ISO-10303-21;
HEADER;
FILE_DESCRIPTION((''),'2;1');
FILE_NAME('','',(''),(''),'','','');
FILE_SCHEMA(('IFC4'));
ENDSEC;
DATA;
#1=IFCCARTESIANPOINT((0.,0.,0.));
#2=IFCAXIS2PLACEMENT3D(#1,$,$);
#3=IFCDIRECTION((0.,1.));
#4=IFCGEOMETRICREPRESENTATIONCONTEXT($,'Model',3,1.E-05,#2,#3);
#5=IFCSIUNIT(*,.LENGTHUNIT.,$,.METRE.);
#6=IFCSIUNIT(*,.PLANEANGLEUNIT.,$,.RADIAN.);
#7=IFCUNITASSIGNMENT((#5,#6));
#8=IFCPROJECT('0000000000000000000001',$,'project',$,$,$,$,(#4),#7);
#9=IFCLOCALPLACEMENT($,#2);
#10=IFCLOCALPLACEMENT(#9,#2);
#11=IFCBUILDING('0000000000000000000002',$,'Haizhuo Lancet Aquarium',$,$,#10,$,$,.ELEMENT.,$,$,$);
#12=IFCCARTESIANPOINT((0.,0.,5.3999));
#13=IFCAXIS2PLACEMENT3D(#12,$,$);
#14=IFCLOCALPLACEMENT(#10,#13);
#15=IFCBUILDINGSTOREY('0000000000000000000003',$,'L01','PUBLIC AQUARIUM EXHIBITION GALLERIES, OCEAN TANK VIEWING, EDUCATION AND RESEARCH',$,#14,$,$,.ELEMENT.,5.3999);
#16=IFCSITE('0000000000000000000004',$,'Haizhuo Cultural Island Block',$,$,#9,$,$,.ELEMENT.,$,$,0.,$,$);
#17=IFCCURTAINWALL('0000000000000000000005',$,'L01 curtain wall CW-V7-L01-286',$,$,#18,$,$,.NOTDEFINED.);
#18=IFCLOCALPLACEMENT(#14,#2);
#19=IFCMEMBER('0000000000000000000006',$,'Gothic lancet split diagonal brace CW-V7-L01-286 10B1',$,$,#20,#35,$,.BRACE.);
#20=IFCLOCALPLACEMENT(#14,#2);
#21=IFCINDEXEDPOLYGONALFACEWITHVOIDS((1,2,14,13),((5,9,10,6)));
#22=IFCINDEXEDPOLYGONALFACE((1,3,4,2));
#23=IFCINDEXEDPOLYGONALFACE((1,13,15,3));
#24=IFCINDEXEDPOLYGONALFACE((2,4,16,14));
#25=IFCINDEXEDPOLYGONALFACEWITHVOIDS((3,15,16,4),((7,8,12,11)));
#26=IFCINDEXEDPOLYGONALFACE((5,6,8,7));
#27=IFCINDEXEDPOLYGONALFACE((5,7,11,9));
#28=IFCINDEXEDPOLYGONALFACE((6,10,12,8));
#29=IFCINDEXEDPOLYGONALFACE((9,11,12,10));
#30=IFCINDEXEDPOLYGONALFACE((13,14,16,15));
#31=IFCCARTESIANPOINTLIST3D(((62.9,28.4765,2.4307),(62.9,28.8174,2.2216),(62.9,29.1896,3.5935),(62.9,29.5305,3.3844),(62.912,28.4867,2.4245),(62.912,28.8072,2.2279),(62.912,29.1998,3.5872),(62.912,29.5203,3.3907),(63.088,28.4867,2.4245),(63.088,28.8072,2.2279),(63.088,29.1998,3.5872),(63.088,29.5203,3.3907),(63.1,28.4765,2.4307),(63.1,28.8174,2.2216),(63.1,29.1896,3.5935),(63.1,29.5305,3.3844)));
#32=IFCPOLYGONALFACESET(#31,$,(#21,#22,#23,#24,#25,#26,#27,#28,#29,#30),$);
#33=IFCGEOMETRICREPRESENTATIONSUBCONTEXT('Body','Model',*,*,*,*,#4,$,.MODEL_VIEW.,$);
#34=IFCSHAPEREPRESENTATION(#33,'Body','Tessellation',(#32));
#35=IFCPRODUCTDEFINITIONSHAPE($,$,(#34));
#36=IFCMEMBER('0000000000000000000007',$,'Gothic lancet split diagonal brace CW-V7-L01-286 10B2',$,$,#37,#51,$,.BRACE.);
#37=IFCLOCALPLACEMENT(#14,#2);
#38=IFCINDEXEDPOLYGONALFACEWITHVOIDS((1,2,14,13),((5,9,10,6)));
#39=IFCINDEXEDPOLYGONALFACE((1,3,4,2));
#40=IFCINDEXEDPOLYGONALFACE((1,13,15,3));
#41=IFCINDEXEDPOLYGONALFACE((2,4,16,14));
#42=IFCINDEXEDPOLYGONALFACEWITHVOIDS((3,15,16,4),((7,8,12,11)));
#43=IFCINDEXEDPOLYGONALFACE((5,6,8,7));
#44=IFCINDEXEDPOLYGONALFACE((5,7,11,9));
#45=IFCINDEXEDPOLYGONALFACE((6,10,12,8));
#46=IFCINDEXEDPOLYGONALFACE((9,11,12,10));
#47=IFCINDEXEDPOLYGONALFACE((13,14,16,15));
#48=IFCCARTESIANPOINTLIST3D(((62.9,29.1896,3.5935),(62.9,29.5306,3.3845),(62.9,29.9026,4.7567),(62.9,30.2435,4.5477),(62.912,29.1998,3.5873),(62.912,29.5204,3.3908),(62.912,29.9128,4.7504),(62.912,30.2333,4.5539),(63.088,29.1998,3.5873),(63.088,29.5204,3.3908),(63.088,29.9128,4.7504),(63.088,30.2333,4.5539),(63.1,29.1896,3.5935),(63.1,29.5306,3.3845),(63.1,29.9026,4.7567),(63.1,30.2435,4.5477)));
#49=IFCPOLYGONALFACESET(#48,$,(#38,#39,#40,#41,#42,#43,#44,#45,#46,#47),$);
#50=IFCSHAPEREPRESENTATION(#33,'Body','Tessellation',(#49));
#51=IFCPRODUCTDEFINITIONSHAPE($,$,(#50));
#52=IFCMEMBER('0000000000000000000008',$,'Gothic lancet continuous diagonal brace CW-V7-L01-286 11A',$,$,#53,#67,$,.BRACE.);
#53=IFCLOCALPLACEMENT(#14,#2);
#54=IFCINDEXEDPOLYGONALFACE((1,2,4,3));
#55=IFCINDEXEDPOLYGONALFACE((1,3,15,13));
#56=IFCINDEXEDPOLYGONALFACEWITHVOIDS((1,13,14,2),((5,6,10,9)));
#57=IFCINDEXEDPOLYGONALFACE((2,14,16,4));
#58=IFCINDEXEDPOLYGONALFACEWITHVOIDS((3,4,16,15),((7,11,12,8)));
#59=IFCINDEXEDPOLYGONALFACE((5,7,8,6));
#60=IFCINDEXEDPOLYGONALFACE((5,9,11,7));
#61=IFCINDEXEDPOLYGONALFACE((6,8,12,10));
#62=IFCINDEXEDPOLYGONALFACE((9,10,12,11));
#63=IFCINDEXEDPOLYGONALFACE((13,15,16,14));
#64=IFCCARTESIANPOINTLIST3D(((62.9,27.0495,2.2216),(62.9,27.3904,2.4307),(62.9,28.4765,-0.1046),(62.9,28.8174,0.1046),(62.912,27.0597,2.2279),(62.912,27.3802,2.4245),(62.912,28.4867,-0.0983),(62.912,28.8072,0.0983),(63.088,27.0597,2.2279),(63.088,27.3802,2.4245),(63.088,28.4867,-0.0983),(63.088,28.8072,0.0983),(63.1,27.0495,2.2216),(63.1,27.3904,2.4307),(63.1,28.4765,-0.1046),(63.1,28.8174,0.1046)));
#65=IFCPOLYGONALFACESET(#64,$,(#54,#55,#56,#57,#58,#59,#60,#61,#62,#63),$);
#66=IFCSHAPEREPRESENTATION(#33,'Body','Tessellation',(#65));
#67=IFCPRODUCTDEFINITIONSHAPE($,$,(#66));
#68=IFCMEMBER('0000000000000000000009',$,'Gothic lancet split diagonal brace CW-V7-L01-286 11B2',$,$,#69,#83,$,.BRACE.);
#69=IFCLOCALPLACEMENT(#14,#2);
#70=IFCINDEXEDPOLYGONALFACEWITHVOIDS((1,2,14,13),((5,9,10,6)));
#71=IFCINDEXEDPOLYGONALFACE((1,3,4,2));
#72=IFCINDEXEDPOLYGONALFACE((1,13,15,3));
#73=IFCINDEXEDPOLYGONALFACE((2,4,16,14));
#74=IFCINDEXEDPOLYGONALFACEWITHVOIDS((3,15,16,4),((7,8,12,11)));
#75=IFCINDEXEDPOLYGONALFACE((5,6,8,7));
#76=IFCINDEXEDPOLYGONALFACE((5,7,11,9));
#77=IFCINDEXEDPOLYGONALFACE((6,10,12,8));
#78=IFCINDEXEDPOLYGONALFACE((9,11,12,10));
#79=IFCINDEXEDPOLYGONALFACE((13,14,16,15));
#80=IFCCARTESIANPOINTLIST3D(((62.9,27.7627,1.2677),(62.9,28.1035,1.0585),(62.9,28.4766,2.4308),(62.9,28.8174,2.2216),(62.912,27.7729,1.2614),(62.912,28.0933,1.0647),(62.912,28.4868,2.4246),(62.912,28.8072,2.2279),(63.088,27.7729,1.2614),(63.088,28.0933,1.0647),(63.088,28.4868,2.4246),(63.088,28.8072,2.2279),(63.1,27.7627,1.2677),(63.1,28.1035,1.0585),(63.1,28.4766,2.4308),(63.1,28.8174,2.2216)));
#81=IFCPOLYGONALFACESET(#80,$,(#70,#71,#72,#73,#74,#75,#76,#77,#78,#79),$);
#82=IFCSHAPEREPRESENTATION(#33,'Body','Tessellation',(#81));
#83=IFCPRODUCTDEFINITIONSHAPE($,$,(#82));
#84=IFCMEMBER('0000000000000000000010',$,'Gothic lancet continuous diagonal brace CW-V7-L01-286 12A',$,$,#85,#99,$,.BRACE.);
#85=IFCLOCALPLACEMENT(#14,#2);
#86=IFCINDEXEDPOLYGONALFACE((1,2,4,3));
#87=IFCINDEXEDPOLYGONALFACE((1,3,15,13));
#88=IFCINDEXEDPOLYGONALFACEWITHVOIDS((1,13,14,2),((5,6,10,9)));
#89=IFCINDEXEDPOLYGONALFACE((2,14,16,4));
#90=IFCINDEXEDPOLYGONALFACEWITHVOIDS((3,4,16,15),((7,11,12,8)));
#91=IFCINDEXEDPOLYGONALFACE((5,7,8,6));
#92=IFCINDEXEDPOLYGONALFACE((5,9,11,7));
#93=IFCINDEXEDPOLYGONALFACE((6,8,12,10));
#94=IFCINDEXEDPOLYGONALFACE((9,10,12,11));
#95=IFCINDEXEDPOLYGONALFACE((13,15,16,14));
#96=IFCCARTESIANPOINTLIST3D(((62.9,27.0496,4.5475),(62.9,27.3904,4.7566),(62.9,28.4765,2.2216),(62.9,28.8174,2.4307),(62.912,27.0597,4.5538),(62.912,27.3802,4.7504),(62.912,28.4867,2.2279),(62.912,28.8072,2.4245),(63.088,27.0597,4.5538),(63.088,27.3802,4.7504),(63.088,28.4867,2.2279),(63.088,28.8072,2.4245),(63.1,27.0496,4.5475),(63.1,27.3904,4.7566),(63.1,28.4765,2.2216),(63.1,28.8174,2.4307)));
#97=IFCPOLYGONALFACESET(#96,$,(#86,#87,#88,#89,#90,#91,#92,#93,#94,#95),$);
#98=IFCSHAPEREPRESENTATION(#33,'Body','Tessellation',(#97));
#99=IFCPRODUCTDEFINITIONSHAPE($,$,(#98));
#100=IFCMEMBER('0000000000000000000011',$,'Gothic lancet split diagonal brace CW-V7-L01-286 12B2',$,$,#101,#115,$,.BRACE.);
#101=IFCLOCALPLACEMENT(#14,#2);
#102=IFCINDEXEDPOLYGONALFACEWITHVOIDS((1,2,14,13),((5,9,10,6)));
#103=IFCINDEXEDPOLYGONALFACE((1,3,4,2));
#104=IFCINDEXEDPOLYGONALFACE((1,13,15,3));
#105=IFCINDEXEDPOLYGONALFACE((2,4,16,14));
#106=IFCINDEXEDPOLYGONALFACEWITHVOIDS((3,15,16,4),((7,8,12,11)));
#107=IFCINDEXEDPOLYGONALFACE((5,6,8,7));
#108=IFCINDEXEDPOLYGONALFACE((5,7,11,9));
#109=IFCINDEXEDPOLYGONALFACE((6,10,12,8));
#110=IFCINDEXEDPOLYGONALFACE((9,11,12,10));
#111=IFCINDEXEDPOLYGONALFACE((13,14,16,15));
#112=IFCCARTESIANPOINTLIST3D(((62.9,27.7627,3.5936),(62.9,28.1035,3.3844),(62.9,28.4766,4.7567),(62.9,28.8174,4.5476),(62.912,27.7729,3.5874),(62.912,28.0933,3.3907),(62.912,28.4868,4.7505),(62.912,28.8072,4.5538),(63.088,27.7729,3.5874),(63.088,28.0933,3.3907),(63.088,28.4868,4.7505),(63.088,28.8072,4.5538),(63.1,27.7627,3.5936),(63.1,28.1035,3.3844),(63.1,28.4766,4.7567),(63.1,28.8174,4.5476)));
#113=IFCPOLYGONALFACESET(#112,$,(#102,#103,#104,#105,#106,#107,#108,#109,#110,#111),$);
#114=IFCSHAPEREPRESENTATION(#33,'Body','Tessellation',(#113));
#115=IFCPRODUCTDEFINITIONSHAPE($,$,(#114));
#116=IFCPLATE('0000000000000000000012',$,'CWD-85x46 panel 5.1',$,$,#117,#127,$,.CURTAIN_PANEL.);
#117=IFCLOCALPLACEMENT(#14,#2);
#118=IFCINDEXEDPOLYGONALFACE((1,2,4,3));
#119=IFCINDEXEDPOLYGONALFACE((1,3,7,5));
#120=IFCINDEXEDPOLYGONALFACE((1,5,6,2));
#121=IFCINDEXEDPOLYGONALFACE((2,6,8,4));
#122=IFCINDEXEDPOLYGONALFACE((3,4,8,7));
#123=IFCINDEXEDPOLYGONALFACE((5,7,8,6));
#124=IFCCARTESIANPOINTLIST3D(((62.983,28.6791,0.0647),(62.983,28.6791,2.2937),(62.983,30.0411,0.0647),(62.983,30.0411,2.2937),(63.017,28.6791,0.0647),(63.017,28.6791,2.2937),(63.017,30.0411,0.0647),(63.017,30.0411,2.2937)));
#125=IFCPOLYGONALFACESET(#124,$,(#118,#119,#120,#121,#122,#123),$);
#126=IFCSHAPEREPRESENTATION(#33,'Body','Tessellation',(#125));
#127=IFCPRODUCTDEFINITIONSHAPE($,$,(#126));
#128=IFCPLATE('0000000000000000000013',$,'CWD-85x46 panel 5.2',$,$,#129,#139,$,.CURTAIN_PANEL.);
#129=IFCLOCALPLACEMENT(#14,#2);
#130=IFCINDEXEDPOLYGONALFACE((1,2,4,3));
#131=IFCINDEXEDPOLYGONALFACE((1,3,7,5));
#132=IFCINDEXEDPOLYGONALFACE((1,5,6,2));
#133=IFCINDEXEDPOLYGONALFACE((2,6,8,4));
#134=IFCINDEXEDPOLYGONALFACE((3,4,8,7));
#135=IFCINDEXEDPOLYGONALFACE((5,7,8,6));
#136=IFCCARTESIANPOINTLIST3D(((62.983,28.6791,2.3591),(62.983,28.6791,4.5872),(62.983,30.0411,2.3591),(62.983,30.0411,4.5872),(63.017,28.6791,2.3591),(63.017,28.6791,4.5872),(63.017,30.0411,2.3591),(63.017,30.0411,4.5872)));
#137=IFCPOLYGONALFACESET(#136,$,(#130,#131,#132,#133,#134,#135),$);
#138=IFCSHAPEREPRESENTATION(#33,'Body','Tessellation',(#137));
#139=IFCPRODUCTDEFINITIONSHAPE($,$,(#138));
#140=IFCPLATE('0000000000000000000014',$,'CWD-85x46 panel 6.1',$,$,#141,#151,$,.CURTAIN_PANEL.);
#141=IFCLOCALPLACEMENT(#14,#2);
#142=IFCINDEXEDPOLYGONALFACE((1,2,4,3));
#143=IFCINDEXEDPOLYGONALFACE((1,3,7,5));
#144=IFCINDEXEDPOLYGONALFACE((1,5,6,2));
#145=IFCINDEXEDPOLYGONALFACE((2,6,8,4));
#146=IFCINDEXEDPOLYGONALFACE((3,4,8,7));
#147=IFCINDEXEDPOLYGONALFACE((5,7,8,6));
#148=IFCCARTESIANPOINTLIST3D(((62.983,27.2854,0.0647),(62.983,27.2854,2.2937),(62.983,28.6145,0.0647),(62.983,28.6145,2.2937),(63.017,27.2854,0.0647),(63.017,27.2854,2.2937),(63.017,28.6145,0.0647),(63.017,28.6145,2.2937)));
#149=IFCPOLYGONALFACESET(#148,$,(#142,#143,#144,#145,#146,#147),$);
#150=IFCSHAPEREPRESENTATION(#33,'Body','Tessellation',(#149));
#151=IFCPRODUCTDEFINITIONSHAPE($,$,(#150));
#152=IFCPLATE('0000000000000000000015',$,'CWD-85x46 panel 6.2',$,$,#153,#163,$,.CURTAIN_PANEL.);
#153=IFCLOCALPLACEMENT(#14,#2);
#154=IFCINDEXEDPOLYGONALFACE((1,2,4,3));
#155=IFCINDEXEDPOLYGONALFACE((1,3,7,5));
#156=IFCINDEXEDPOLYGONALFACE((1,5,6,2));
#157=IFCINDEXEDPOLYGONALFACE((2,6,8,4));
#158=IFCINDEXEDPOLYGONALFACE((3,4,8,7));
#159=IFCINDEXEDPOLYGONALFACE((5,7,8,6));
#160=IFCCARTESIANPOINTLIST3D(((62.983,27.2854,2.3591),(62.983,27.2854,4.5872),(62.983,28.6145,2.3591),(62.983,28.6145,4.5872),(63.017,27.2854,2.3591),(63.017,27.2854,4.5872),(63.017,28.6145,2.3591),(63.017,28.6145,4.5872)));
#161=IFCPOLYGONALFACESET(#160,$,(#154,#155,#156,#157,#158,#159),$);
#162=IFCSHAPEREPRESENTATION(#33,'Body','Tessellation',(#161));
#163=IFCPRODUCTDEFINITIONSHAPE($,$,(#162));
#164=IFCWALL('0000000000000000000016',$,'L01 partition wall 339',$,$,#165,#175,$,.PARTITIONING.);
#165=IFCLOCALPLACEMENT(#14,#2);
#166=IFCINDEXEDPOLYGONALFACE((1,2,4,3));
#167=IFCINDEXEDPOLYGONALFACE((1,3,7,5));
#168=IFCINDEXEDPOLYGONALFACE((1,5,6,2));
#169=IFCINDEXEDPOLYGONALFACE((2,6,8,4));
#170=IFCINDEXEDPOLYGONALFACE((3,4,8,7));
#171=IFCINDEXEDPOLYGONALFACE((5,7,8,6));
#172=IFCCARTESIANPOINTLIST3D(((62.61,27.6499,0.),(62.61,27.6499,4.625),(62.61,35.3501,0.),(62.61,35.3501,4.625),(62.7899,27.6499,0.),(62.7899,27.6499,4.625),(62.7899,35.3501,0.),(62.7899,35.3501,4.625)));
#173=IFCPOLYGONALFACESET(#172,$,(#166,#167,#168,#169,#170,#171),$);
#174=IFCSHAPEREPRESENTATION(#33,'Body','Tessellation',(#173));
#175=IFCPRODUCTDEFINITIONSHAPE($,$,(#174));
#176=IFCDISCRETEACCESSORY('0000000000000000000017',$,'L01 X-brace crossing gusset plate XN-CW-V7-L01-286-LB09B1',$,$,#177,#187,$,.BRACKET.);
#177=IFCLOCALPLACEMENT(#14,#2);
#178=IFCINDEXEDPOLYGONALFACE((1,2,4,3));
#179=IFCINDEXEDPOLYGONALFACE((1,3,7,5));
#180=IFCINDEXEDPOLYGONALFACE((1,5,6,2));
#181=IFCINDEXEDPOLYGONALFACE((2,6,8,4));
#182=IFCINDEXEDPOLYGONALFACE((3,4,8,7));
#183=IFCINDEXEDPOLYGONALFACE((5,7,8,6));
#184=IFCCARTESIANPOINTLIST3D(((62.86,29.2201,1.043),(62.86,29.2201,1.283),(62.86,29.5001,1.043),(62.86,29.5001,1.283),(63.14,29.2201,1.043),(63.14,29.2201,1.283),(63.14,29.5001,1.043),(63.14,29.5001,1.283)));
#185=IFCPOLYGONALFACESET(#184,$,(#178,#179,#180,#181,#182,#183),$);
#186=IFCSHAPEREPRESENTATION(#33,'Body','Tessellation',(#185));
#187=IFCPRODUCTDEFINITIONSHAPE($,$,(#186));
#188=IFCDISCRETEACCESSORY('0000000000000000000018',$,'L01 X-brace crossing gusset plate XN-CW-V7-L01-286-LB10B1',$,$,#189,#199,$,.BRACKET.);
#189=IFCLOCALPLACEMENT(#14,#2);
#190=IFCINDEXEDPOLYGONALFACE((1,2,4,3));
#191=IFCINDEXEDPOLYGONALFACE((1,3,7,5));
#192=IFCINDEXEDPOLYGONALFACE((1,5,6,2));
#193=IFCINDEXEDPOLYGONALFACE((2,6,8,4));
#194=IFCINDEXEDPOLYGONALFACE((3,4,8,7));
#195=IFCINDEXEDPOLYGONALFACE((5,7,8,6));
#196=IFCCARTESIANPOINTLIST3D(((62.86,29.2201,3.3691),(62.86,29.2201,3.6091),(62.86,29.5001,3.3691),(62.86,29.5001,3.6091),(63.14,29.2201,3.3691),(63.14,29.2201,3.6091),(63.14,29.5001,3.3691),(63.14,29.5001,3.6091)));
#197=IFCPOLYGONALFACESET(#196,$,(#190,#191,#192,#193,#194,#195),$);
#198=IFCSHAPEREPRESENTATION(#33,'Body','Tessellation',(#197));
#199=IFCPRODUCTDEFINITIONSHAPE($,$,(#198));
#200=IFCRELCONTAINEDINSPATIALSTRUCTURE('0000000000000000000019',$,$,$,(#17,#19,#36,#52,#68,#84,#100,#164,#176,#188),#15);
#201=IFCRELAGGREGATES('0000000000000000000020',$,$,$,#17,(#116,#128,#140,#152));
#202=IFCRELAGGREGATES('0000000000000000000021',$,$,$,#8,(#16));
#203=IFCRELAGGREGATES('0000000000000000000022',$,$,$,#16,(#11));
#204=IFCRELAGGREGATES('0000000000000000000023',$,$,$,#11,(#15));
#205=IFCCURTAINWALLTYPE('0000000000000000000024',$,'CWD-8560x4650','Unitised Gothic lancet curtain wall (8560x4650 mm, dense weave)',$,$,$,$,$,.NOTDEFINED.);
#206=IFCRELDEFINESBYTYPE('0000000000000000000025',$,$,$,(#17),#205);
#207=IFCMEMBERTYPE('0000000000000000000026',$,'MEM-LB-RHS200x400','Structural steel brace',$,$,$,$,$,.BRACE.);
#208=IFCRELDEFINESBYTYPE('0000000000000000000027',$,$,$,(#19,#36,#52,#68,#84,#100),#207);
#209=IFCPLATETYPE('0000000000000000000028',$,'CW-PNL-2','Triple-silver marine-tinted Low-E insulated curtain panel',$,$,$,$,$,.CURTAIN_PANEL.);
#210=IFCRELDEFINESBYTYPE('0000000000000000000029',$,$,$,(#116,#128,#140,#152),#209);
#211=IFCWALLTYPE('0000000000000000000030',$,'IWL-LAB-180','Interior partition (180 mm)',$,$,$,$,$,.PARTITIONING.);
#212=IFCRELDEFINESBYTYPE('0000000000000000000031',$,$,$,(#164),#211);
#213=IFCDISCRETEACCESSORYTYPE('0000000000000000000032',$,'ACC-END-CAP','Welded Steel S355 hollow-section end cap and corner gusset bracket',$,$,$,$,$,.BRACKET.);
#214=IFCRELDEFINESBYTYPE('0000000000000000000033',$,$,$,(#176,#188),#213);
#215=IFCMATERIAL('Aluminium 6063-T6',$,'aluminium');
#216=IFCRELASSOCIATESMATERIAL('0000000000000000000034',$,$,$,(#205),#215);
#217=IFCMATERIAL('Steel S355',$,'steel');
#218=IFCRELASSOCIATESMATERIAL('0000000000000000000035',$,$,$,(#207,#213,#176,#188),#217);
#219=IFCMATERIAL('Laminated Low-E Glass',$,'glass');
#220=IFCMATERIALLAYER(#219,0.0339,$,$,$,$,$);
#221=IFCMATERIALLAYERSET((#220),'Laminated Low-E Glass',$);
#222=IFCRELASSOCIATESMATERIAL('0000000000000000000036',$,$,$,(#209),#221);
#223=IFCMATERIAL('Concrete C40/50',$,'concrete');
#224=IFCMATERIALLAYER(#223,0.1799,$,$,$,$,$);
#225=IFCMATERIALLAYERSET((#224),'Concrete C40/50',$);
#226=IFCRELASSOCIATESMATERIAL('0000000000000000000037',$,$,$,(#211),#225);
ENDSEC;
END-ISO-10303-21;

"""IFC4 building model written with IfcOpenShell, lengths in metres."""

from ifc_helpers import new_model, si_unit, direction, frame, frame_2d, origin, origin_2d, place, context, subcontext, project, spatial, rectangle, hollow_rectangle, extrude, material, layer, layer_set, material_profile, profile_set, type_object, element, aggregate, save


model = new_model("IFC4")

# Units and contexts
model_context = context("Model", 3, precision=1e-05, world=origin(), true_north=direction((0.0, 1.0)))
body_context = subcontext(model_context, "Body", "Model", "MODEL_VIEW")
ifc_project = project(units=[si_unit("LENGTHUNIT", "METRE"), si_unit("PLANEANGLEUNIT", "RADIAN")], contexts=[model_context])

# Site, building, storey
site_placement = place(None, origin())
site = spatial("IfcSite", under=ifc_project, at=site_placement, Name="Haizhuo Cultural Island Block", CompositionType="ELEMENT", RefElevation=0.0)
building_placement = place(site_placement, origin())
building = spatial("IfcBuilding", under=site, at=building_placement, Name="Haizhuo Lancet Aquarium", CompositionType="ELEMENT")
storey_placement = place(building_placement, frame((0.0, 0.0, 5.3999)))
storey = spatial("IfcBuildingStorey", under=building, at=storey_placement, Name="L01", Description="PUBLIC AQUARIUM EXHIBITION GALLERIES, OCEAN TANK VIEWING, EDUCATION AND RESEARCH", CompositionType="ELEMENT", Elevation=5.3999)

# Curtain wall
ifc_material_1 = material(Name="Aluminium 6063-T6", Category="aluminium")
curtain_wall_type = type_object("IfcCurtainWallType", Name="CWD-8560x4650", Description="Unitised Gothic lancet curtain wall (8560x4650 mm, dense weave)", PredefinedType="NOTDEFINED", material=ifc_material_1)
curtain_wall_placement = place(storey_placement, origin())
curtain_wall = element("IfcCurtainWall", 1, at=curtain_wall_placement, inside=storey, type_object=curtain_wall_type, Name="L01 curtain wall CW-V7-L01-286", PredefinedType="NOTDEFINED")

# Shared definitions
ifc_material_2 = material(Name="Steel S355", Category="steel")

# Members
ifc_material_profile_1 = material_profile(ifc_material_2, hollow_rectangle(XDim=0.2, YDim=0.3999, WallThickness=0.012, at=origin_2d()), Name="RHS 200x400x12")
ifc_profile_set_1 = profile_set([ifc_material_profile_1], Name="Steel S355")
member_type_1 = type_object("IfcMemberType", Name="MEM-LB-RHS200x400", Description="Structural steel brace", PredefinedType="BRACE", material=ifc_profile_set_1)
member_1_placement = place(storey_placement, frame((63.0, 28.647, 2.3262), z_axis=(0.0, 0.522789, 0.852462), x_axis=(-1.0, 0.0, 0.0)))
element("IfcMember", 2, at=member_1_placement, inside=storey, type_object=member_type_1, Name="Gothic lancet split diagonal brace CW-V7-L01-286 10B1", PredefinedType="BRACE", context=body_context, shape_type="SweptSolid", body=[
    extrude(hollow_rectangle(XDim=0.2, YDim=0.3999, WallThickness=0.012, at=origin_2d()), origin(), (0.0, 0.0, 1.0), 1.364),
])
member_2_placement = place(storey_placement, frame((63.0, 29.3601, 3.489), z_axis=(0.0, 0.522579, 0.852591), x_axis=(-1.0, 0.0, 0.0)))
element("IfcMember", 3, at=member_2_placement, inside=storey, type_object=member_type_1, Name="Gothic lancet split diagonal brace CW-V7-L01-286 10B2", PredefinedType="BRACE", context=body_context, shape_type="SweptSolid", body=[
    extrude(hollow_rectangle(XDim=0.2, YDim=0.3999, WallThickness=0.012, at=origin_2d()), origin(), (0.0, 0.0, 1.0), 1.3643),
])
member_3_placement = place(storey_placement, frame((63.0, 28.647, 0.0), z_axis=(0.0, -0.522904, 0.852392), x_axis=(1.0, 0.0, 0.0)))
element("IfcMember", 4, at=member_3_placement, inside=storey, type_object=member_type_1, Name="Gothic lancet continuous diagonal brace CW-V7-L01-286 11A", PredefinedType="BRACE", context=body_context, shape_type="SweptSolid", body=[
    extrude(hollow_rectangle(XDim=0.2, YDim=0.3999, WallThickness=0.012, at=origin_2d()), origin(), (0.0, 0.0, 1.0), 2.729),
])
member_4_placement = place(storey_placement, frame((63.0, 27.9331, 1.1631), z_axis=(0.0, 0.523099, 0.852272), x_axis=(-1.0, 0.0, 0.0)))
element("IfcMember", 5, at=member_4_placement, inside=storey, type_object=member_type_1, Name="Gothic lancet split diagonal brace CW-V7-L01-286 11B2", PredefinedType="BRACE", context=body_context, shape_type="SweptSolid", body=[
    extrude(hollow_rectangle(XDim=0.2, YDim=0.3999, WallThickness=0.012, at=origin_2d()), origin(), (0.0, 0.0, 1.0), 1.3647),
])
member_5_placement = place(storey_placement, frame((63.0, 28.647, 2.3262), z_axis=(0.0, -0.522944, 0.852367), x_axis=(1.0, 0.0, 0.0)))
element("IfcMember", 6, at=member_5_placement, inside=storey, type_object=member_type_1, Name="Gothic lancet continuous diagonal brace CW-V7-L01-286 12A", PredefinedType="BRACE", context=body_context, shape_type="SweptSolid", body=[
    extrude(hollow_rectangle(XDim=0.2, YDim=0.3999, WallThickness=0.012, at=origin_2d()), origin(), (0.0, 0.0, 1.0), 2.7288),
])
member_6_placement = place(storey_placement, frame((63.0, 27.9331, 3.489), z_axis=(0.0, 0.523099, 0.852272), x_axis=(-1.0, 0.0, 0.0)))
element("IfcMember", 7, at=member_6_placement, inside=storey, type_object=member_type_1, Name="Gothic lancet split diagonal brace CW-V7-L01-286 12B2", PredefinedType="BRACE", context=body_context, shape_type="SweptSolid", body=[
    extrude(hollow_rectangle(XDim=0.2, YDim=0.3999, WallThickness=0.012, at=origin_2d()), origin(), (0.0, 0.0, 1.0), 1.3647),
])

# Plates
ifc_material_3 = material(Name="Laminated Low-E Glass", Category="glass")
ifc_layer_1 = layer(ifc_material_3, 0.0339)
ifc_layer_set_1 = layer_set([ifc_layer_1], Name="Laminated Low-E Glass")
plate_type = type_object("IfcPlateType", Name="CW-PNL-2", Description="Triple-silver marine-tinted Low-E insulated curtain panel", PredefinedType="CURTAIN_PANEL", material=ifc_layer_set_1)
plate_1_placement = place(storey_placement, frame((63.0, 29.3601, 0.0647), z_axis=(0.0, 0.0, 1.0), x_axis=(0.0, -1.0, 0.0)))
plate_1 = element("IfcPlate", 8, at=plate_1_placement, type_object=plate_type, Name="CWD-85x46 panel 5.1", PredefinedType="CURTAIN_PANEL", context=body_context, shape_type="SweptSolid", body=[
    extrude(rectangle(XDim=1.3621, YDim=0.0339, at=origin_2d()), origin(), (0.0, 0.0, 1.0), 2.229),
])
plate_2_placement = place(storey_placement, frame((63.0, 29.3601, 2.3591), z_axis=(0.0, 0.0, 1.0), x_axis=(0.0, -1.0, 0.0)))
plate_2 = element("IfcPlate", 9, at=plate_2_placement, type_object=plate_type, Name="CWD-85x46 panel 5.2", PredefinedType="CURTAIN_PANEL", context=body_context, shape_type="SweptSolid", body=[
    extrude(rectangle(XDim=1.3621, YDim=0.0339, at=origin_2d()), origin(), (0.0, 0.0, 1.0), 2.228),
])
plate_3_placement = place(storey_placement, frame((63.0, 27.95, 0.0647), z_axis=(0.0, 0.0, 1.0), x_axis=(0.0, -1.0, 0.0)))
plate_3 = element("IfcPlate", 10, at=plate_3_placement, type_object=plate_type, Name="CWD-85x46 panel 6.1", PredefinedType="CURTAIN_PANEL", context=body_context, shape_type="SweptSolid", body=[
    extrude(rectangle(XDim=1.3291, YDim=0.0339, at=origin_2d()), origin(), (0.0, 0.0, 1.0), 2.229),
])
plate_4_placement = place(storey_placement, frame((63.0, 27.95, 2.3591), z_axis=(0.0, 0.0, 1.0), x_axis=(0.0, -1.0, 0.0)))
plate_4 = element("IfcPlate", 11, at=plate_4_placement, type_object=plate_type, Name="CWD-85x46 panel 6.2", PredefinedType="CURTAIN_PANEL", context=body_context, shape_type="SweptSolid", body=[
    extrude(rectangle(XDim=1.3291, YDim=0.0339, at=origin_2d()), origin(), (0.0, 0.0, 1.0), 2.228),
])
aggregate(curtain_wall, [plate_1, plate_2, plate_3, plate_4])

# Wall
ifc_material_4 = material(Name="Concrete C40/50", Category="concrete")
ifc_layer_2 = layer(ifc_material_4, 0.1799)
ifc_layer_set_2 = layer_set([ifc_layer_2], Name="Concrete C40/50")
wall_type = type_object("IfcWallType", Name="IWL-LAB-180", Description="Interior partition (180 mm)", PredefinedType="PARTITIONING", material=ifc_layer_set_2)
wall_placement = place(storey_placement, frame((62.7, 27.6499, 0.0), z_axis=(0.0, 0.0, 1.0), x_axis=(0.0, 1.0, 0.0)))
element("IfcWall", 12, at=wall_placement, inside=storey, type_object=wall_type, Name="L01 partition wall 339", PredefinedType="PARTITIONING", context=body_context, shape_type="SweptSolid", body=[
    extrude(rectangle(XDim=7.7002, YDim=0.1799, at=frame_2d((3.8501, 0.0))), origin(), (0.0, 0.0, 1.0), 4.625),
])

# Discrete accessories
discrete_accessory_type = type_object("IfcDiscreteAccessoryType", Name="ACC-END-CAP", Description="Welded Steel S355 hollow-section end cap and corner gusset bracket", PredefinedType="BRACKET", material=ifc_material_2)
for number, where, z_axis, x_axis, name in (
    (13, (63.0, 29.3601, 1.043), (0.0, 0.0, 1.0), (1.0, 0.0, 0.0), "L01 X-brace crossing gusset plate XN-CW-V7-L01-286-LB09B1"),
    (14, (63.0, 29.3601, 3.3691), (0.0, 0.0, 1.0), (1.0, 0.0, 0.0), "L01 X-brace crossing gusset plate XN-CW-V7-L01-286-LB10B1"),
):
    element("IfcDiscreteAccessory", number, at=place(storey_placement, frame(where, z_axis=z_axis, x_axis=x_axis)), inside=storey, type_object=discrete_accessory_type, material=ifc_material_2, Name=name, PredefinedType="BRACKET", context=body_context, shape_type="SweptSolid", body=[
        extrude(rectangle(XDim=0.28, YDim=0.28, at=origin_2d()), origin(), (0.0, 0.0, 1.0), 0.24),
    ])

save(model, "model.ifc")
